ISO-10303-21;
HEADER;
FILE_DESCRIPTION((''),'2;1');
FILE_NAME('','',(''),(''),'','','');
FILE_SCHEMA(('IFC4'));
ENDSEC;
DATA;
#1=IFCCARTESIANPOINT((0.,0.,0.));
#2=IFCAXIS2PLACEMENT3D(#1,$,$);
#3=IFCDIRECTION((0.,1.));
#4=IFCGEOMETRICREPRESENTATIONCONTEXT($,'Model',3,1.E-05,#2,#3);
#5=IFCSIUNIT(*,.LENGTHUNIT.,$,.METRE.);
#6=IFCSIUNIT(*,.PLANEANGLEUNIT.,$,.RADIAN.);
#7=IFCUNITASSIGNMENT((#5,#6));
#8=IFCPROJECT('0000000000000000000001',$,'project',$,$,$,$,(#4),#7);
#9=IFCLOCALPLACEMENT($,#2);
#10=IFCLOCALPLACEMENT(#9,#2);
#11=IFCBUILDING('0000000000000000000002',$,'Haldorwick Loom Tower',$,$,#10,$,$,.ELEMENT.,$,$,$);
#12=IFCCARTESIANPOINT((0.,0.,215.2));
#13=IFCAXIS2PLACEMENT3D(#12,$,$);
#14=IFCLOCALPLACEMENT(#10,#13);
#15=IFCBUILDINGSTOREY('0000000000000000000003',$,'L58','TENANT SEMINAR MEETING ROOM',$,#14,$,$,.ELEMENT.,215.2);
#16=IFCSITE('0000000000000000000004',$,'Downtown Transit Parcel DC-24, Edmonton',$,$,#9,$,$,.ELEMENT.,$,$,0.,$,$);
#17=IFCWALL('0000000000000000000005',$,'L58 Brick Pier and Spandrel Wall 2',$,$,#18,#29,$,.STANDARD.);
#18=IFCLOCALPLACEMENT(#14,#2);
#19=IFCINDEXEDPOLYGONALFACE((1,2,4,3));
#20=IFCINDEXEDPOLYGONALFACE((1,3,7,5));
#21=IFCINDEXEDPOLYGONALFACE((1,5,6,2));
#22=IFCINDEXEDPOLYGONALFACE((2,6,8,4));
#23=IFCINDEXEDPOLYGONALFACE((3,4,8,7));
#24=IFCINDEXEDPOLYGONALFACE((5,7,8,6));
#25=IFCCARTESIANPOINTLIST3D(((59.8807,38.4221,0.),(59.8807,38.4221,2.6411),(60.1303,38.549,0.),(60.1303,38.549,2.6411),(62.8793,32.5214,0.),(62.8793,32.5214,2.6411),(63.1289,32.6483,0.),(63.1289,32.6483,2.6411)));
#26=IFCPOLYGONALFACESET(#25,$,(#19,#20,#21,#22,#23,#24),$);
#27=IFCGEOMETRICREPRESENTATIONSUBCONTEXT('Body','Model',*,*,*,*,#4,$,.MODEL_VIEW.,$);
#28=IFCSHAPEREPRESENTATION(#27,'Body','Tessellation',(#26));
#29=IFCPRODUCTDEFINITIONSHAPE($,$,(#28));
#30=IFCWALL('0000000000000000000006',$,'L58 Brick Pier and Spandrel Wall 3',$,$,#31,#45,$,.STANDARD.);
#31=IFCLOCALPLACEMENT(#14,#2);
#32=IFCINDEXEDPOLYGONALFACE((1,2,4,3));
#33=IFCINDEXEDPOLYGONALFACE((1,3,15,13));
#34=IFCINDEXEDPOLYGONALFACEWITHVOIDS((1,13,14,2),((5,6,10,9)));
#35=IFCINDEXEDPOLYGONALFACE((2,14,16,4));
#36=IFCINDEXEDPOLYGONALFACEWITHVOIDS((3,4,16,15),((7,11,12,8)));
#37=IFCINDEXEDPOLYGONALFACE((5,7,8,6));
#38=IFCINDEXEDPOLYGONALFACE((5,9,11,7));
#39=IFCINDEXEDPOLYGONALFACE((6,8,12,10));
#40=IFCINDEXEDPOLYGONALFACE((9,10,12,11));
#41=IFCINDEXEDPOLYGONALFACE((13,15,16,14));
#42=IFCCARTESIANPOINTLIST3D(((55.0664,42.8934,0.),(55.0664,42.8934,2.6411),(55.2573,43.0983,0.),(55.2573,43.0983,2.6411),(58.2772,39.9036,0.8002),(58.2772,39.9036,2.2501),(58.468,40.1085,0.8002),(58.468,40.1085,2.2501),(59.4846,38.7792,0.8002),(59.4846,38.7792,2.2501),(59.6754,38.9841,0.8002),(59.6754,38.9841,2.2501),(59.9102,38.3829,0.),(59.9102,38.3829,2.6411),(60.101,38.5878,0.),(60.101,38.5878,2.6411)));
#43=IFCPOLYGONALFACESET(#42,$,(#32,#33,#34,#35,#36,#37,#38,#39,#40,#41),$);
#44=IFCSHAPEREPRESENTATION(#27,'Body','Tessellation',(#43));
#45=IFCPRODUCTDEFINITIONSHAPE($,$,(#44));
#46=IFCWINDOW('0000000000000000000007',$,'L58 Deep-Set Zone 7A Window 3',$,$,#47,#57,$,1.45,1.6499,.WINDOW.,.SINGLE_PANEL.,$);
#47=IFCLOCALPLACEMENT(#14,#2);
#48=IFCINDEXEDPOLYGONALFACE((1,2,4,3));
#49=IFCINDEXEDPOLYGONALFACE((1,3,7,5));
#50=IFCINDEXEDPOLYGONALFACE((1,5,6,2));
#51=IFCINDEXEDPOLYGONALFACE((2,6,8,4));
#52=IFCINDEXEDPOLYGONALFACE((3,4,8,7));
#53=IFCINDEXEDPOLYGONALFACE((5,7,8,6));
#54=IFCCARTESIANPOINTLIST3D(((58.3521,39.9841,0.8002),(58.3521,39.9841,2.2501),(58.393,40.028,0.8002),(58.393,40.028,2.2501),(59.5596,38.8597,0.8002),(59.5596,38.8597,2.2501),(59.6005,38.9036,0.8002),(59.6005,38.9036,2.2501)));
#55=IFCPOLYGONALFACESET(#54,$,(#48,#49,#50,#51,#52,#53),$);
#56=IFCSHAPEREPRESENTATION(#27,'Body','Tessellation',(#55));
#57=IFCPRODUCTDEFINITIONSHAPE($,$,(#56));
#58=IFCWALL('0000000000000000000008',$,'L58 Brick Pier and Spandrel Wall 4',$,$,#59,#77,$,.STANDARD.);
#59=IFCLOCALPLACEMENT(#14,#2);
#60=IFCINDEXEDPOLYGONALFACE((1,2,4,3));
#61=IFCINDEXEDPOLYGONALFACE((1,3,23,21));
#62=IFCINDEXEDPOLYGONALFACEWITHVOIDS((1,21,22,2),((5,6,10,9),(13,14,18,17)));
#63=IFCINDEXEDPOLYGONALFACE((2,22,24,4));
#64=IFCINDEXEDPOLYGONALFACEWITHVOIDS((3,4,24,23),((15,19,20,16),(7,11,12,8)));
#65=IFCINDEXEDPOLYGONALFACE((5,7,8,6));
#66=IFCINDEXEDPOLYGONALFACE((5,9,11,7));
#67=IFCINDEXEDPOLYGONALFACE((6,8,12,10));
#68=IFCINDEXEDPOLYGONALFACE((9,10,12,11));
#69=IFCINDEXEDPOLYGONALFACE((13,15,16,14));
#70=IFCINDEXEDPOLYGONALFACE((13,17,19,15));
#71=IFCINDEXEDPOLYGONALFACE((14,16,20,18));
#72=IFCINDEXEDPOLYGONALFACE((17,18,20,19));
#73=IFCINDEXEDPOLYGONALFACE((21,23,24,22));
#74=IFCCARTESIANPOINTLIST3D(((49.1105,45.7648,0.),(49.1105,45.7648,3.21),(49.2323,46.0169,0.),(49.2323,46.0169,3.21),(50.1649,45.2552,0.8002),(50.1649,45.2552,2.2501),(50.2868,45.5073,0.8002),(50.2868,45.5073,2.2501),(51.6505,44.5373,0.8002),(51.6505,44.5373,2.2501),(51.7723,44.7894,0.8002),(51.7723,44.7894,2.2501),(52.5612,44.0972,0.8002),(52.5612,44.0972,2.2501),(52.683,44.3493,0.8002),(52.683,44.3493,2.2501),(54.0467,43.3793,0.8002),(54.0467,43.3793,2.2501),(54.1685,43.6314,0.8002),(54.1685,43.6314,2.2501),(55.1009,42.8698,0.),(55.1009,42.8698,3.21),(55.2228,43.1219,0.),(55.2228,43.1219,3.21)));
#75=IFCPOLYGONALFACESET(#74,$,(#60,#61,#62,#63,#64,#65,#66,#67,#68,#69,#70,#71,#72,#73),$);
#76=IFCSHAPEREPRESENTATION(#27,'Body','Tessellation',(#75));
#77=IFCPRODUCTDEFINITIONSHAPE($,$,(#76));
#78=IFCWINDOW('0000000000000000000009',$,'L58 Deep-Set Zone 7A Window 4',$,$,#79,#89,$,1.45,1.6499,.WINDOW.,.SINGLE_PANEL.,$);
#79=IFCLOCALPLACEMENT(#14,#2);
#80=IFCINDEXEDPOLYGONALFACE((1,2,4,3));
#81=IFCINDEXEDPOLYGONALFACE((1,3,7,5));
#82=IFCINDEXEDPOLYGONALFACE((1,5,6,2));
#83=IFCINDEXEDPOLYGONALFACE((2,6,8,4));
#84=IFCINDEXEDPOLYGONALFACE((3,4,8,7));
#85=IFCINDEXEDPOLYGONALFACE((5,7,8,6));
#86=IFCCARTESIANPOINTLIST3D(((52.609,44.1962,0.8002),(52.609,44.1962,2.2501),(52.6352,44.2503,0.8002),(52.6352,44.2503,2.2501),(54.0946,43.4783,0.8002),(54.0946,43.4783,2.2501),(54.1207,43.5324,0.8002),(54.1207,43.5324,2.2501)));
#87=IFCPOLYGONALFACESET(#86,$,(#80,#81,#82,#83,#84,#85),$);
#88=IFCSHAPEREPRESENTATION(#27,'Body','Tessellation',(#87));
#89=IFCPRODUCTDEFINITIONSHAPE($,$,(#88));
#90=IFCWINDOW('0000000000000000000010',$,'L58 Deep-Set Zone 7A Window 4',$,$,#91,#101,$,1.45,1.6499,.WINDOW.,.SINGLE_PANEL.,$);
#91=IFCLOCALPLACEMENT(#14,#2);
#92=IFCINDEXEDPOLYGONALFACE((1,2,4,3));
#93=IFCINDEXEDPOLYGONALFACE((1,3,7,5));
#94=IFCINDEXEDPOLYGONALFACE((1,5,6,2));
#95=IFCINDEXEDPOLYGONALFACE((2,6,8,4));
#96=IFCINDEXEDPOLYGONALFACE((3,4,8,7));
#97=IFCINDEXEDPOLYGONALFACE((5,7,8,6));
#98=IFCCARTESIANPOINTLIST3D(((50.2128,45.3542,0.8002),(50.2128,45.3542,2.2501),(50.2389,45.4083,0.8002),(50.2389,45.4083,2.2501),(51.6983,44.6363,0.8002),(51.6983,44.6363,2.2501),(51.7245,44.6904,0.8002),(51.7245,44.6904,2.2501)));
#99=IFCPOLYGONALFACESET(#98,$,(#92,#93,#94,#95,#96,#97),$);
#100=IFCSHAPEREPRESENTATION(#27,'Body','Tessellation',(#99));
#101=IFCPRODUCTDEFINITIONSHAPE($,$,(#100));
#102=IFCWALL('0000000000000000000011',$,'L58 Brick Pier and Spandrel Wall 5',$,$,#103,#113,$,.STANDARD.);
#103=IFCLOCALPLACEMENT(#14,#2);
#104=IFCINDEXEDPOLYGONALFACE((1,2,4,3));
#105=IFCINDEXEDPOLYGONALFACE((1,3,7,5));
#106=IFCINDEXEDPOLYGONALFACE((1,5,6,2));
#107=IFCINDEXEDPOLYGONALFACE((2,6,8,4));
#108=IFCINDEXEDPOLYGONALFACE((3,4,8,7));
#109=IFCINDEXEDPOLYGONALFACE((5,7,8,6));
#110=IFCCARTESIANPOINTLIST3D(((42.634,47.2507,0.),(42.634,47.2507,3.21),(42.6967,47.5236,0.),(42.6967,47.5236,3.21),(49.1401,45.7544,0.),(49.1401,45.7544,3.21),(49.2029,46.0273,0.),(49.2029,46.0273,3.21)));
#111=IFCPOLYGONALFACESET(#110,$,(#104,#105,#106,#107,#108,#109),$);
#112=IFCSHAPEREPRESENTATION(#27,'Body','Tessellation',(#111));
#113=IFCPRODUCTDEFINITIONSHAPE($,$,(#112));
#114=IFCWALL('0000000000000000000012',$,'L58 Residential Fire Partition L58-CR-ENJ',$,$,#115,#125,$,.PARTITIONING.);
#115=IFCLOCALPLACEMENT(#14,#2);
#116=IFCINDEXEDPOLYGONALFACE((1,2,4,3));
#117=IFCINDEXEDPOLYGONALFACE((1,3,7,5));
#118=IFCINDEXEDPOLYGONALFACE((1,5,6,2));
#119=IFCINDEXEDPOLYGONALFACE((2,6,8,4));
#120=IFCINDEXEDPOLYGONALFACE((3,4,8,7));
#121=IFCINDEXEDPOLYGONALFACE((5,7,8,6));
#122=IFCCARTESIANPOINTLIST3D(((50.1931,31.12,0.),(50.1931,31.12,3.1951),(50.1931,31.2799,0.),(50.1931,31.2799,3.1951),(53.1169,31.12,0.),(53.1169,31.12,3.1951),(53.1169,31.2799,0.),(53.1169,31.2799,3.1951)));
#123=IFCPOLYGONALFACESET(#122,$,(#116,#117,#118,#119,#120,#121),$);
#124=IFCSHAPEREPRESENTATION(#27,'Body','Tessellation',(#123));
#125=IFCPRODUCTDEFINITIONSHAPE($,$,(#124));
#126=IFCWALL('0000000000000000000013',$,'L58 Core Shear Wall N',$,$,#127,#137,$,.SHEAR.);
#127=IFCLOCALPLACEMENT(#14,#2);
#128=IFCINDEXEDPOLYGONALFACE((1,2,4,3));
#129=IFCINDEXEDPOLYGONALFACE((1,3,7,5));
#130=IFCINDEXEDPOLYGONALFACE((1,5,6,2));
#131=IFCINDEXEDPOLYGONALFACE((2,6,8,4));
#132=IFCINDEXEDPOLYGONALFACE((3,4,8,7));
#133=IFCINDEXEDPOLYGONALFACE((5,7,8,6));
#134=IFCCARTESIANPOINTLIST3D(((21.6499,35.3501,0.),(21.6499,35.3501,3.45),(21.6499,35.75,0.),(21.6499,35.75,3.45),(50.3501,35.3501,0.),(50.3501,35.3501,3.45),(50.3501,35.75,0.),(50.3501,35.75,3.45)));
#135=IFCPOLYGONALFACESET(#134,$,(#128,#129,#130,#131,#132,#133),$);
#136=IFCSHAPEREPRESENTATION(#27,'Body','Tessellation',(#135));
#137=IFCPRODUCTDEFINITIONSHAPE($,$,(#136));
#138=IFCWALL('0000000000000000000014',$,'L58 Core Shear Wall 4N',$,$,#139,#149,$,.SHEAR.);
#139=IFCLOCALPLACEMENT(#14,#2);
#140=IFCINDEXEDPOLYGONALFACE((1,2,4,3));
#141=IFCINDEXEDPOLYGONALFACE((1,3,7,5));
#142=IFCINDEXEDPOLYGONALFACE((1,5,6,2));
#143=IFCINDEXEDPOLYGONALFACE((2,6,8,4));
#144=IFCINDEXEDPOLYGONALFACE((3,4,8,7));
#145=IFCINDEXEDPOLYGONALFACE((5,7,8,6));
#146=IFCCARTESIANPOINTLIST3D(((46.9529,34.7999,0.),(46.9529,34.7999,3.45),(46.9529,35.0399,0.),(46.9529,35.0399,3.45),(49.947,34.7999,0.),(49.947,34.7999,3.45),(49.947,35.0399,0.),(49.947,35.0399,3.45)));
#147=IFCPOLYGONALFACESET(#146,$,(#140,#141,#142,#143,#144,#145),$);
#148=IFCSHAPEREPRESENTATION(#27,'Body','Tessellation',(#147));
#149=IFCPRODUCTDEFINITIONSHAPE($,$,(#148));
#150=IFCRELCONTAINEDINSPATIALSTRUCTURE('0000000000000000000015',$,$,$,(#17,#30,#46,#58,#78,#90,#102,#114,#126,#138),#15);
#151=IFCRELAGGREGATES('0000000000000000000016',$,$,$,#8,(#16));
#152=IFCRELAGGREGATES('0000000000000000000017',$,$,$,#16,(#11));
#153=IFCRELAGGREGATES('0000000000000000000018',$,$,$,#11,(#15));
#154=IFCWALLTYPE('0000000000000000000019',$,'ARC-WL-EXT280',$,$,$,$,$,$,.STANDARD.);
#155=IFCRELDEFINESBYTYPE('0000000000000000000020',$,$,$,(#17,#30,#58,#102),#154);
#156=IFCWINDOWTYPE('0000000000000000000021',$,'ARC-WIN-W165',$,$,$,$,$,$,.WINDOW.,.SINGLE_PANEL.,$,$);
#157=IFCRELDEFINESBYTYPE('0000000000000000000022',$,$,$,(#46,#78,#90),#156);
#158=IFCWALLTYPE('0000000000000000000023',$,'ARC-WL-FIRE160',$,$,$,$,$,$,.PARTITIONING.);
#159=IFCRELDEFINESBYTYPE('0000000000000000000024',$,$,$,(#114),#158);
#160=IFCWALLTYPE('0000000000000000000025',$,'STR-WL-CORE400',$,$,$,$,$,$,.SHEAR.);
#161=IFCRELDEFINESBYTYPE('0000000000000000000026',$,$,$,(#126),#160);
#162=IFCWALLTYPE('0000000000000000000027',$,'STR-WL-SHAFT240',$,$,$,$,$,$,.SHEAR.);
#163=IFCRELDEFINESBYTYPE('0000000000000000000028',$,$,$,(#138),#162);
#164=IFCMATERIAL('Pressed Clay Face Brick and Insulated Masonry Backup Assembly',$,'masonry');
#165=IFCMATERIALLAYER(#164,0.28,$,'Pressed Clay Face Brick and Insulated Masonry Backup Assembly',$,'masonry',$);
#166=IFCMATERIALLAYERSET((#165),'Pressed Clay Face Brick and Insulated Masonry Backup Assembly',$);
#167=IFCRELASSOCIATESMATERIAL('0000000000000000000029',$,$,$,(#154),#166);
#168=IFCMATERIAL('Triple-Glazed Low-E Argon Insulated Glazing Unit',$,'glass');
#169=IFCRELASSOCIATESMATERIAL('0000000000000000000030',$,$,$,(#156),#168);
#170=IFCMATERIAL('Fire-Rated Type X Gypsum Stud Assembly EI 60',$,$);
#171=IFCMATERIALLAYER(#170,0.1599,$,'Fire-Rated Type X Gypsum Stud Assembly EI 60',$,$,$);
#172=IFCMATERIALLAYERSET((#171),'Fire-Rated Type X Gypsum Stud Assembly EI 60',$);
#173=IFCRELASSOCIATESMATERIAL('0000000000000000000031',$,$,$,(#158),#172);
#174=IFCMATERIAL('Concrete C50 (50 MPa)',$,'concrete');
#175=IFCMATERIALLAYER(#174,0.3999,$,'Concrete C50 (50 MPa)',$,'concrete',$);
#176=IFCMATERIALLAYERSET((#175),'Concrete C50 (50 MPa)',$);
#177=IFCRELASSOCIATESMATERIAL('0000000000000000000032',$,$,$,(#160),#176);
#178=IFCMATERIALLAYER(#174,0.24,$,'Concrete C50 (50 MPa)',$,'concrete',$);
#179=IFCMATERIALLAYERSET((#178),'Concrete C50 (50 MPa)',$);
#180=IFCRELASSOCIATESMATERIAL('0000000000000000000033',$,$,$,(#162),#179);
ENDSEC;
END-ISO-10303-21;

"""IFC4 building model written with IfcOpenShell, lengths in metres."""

from ifc_helpers import new_model, si_unit, direction, frame, frame_2d, origin, place, context, subcontext, project, spatial, rectangle, extrude, material, layer, layer_set, type_object, element, fill, save


model = new_model("IFC4")

# Units and contexts
model_context = context("Model", 3, precision=1e-05, world=origin(), true_north=direction((0.0, 1.0)))
body_context = subcontext(model_context, "Body", "Model", "MODEL_VIEW")
ifc_project = project(units=[si_unit("LENGTHUNIT", "METRE"), si_unit("PLANEANGLEUNIT", "RADIAN")], contexts=[model_context])

# Site, building, storey
site_placement = place(None, origin())
site = spatial("IfcSite", under=ifc_project, at=site_placement, Name="Downtown Transit Parcel DC-24, Edmonton", CompositionType="ELEMENT", RefElevation=0.0)
building_placement = place(site_placement, origin())
building = spatial("IfcBuilding", under=site, at=building_placement, Name="Haldorwick Loom Tower", CompositionType="ELEMENT")
storey_placement = place(building_placement, frame((0.0, 0.0, 215.2)))
storey = spatial("IfcBuildingStorey", under=building, at=storey_placement, Name="L58", Description="TENANT SEMINAR MEETING ROOM", CompositionType="ELEMENT", Elevation=215.2)

# Wall
ifc_material_1 = material(Name="Pressed Clay Face Brick and Insulated Masonry Backup Assembly", Category="masonry")
ifc_layer_1 = layer(ifc_material_1, 0.28, Name="Pressed Clay Face Brick and Insulated Masonry Backup Assembly", Category="masonry")
ifc_layer_set_1 = layer_set([ifc_layer_1], Name="Pressed Clay Face Brick and Insulated Masonry Backup Assembly")
wall_type_1 = type_object("IfcWallType", Name="ARC-WL-EXT280", PredefinedType="STANDARD", material=ifc_layer_set_1)
wall_1_placement = place(storey_placement, frame((63.0042, 32.5847, 0.0), z_axis=(0.0, 0.0, 1.0), x_axis=(-0.453032, 0.891494, 0.0)))
element("IfcWall", 1, at=wall_1_placement, inside=storey, type_object=wall_type_1, Name="L58 Brick Pier and Spandrel Wall 2", PredefinedType="STANDARD", context=body_context, shape_type="SweptSolid", body=[
    extrude(rectangle(XDim=6.6189, YDim=0.28, at=frame_2d((3.3096, 0.0))), origin(), (0.0, 0.0, 1.0), 2.6411),
])

# Wall, opening, window
wall_2_placement = place(storey_placement, frame((60.0056, 38.4854, 0.0), z_axis=(0.0, 0.0, 1.0), x_axis=(-0.731834, 0.681483, 0.0)))
wall_2 = element("IfcWall", 2, at=wall_2_placement, inside=storey, type_object=wall_type_1, Name="L58 Brick Pier and Spandrel Wall 3", PredefinedType="STANDARD", context=body_context, shape_type="SweptSolid", body=[
    extrude(rectangle(XDim=6.6187, YDim=0.28, at=frame_2d((3.3093, 0.0))), origin(), (0.0, 0.0, 1.0), 2.6411),
])
opening_1_placement = place(wall_2_placement, frame((0.5815, 0.0, 0.8)))
opening_1 = element("IfcOpeningElement", 3, at=opening_1_placement, cuts=wall_2, PredefinedType="OPENING", context=body_context, shape_type="SweptSolid", body=[
    extrude(rectangle(XDim=1.6499, YDim=1.45, at=frame_2d((0.825, 0.7251))), frame((0.0, 0.1499, 0.0), z_axis=(0.0, -1.0, 0.0), x_axis=(1.0, 0.0, 0.0)), (0.0, 0.0, 1.0), 0.3),
])
ifc_material_2 = material(Name="Triple-Glazed Low-E Argon Insulated Glazing Unit", Category="glass")
window_type = type_object("IfcWindowType", Name="ARC-WIN-W165", PartitioningType="SINGLE_PANEL", PredefinedType="WINDOW", material=ifc_material_2)
window_1_placement = place(opening_1_placement, origin())
window_1 = element("IfcWindow", 4, at=window_1_placement, inside=storey, type_object=window_type, Name="L58 Deep-Set Zone 7A Window 3", OverallHeight=1.45, OverallWidth=1.6499, PartitioningType="SINGLE_PANEL", PredefinedType="WINDOW", context=body_context, shape_type="SweptSolid", body=[
    extrude(rectangle(XDim=1.6499, YDim=1.45, at=frame_2d((0.825, 0.7251))), frame((0.0, 0.03, 0.0), z_axis=(0.0, -1.0, 0.0), x_axis=(1.0, 0.0, 0.0)), (0.0, 0.0, 1.0), 0.0601),
])
fill(opening_1, window_1)

# Wall, openings, windows
wall_3_placement = place(storey_placement, frame((55.1619, 42.9958, 0.0), z_axis=(0.0, 0.0, 1.0), x_axis=(-0.900371, 0.435123, 0.0)))
wall_3 = element("IfcWall", 5, at=wall_3_placement, inside=storey, type_object=wall_type_1, Name="L58 Brick Pier and Spandrel Wall 4", PredefinedType="STANDARD", context=body_context, shape_type="SweptSolid", body=[
    extrude(rectangle(XDim=6.6533, YDim=0.28, at=frame_2d((3.3267, 0.0))), origin(), (0.0, 0.0, 1.0), 3.21),
])
opening_2_placement = place(wall_3_placement, frame((1.1709, 0.0, 0.8)))
opening_2 = element("IfcOpeningElement", 6, at=opening_2_placement, cuts=wall_3, PredefinedType="OPENING", context=body_context, shape_type="SweptSolid", body=[
    extrude(rectangle(XDim=1.6499, YDim=1.45, at=frame_2d((0.825, 0.7251))), frame((0.0, 0.1499, 0.0), z_axis=(0.0, -1.0, 0.0), x_axis=(1.0, 0.0, 0.0)), (0.0, 0.0, 1.0), 0.3),
])
opening_3_placement = place(wall_3_placement, frame((3.8323, 0.0, 0.8)))
opening_3 = element("IfcOpeningElement", 7, at=opening_3_placement, cuts=wall_3, PredefinedType="OPENING", context=body_context, shape_type="SweptSolid", body=[
    extrude(rectangle(XDim=1.6499, YDim=1.45, at=frame_2d((0.825, 0.7251))), frame((0.0, 0.1499, 0.0), z_axis=(0.0, -1.0, 0.0), x_axis=(1.0, 0.0, 0.0)), (0.0, 0.0, 1.0), 0.3),
])
window_2_placement = place(opening_2_placement, origin())
window_2 = element("IfcWindow", 8, at=window_2_placement, inside=storey, type_object=window_type, Name="L58 Deep-Set Zone 7A Window 4", OverallHeight=1.45, OverallWidth=1.6499, PartitioningType="SINGLE_PANEL", PredefinedType="WINDOW", context=body_context, shape_type="SweptSolid", body=[
    extrude(rectangle(XDim=1.6499, YDim=1.45, at=frame_2d((0.825, 0.7251))), frame((0.0, 0.03, 0.0), z_axis=(0.0, -1.0, 0.0), x_axis=(1.0, 0.0, 0.0)), (0.0, 0.0, 1.0), 0.0601),
])
fill(opening_2, window_2)
window_3_placement = place(opening_3_placement, origin())
window_3 = element("IfcWindow", 9, at=window_3_placement, inside=storey, type_object=window_type, Name="L58 Deep-Set Zone 7A Window 4", OverallHeight=1.45, OverallWidth=1.6499, PartitioningType="SINGLE_PANEL", PredefinedType="WINDOW", context=body_context, shape_type="SweptSolid", body=[
    extrude(rectangle(XDim=1.6499, YDim=1.45, at=frame_2d((0.825, 0.7251))), frame((0.0, 0.03, 0.0), z_axis=(0.0, -1.0, 0.0), x_axis=(1.0, 0.0, 0.0)), (0.0, 0.0, 1.0), 0.0601),
])
fill(opening_3, window_3)

# Walls
wall_4_placement = place(storey_placement, frame((49.1714, 45.8909, 0.0), z_axis=(0.0, 0.0, 1.0), x_axis=(-0.974557, 0.224138, 0.0)))
element("IfcWall", 10, at=wall_4_placement, inside=storey, type_object=wall_type_1, Name="L58 Brick Pier and Spandrel Wall 5", PredefinedType="STANDARD", context=body_context, shape_type="SweptSolid", body=[
    extrude(rectangle(XDim=6.676, YDim=0.28, at=frame_2d((3.3379, 0.0))), origin(), (0.0, 0.0, 1.0), 3.21),
])
ifc_material_3 = material(Name="Fire-Rated Type X Gypsum Stud Assembly EI 60")
ifc_layer_2 = layer(ifc_material_3, 0.1599, Name="Fire-Rated Type X Gypsum Stud Assembly EI 60")
ifc_layer_set_2 = layer_set([ifc_layer_2], Name="Fire-Rated Type X Gypsum Stud Assembly EI 60")
wall_type_2 = type_object("IfcWallType", Name="ARC-WL-FIRE160", PredefinedType="PARTITIONING", material=ifc_layer_set_2)
wall_5_placement = place(storey_placement, frame((50.1931, 31.2, 0.0), z_axis=(0.0, 0.0, 1.0), x_axis=(1.0, 0.0, 0.0)))
element("IfcWall", 11, at=wall_5_placement, inside=storey, type_object=wall_type_2, Name="L58 Residential Fire Partition L58-CR-ENJ", PredefinedType="PARTITIONING", context=body_context, shape_type="SweptSolid", body=[
    extrude(rectangle(XDim=2.9238, YDim=0.1599, at=frame_2d((1.4619, 0.0))), origin(), (0.0, 0.0, 1.0), 3.1951),
])
ifc_material_4 = material(Name="Concrete C50 (50 MPa)", Category="concrete")
ifc_layer_3 = layer(ifc_material_4, 0.3999, Name="Concrete C50 (50 MPa)", Category="concrete")
ifc_layer_set_3 = layer_set([ifc_layer_3], Name="Concrete C50 (50 MPa)")
wall_type_3 = type_object("IfcWallType", Name="STR-WL-CORE400", PredefinedType="SHEAR", material=ifc_layer_set_3)
wall_6_placement = place(storey_placement, frame((50.3501, 35.55, 0.0), z_axis=(0.0, 0.0, 1.0), x_axis=(-1.0, 0.0, 0.0)))
element("IfcWall", 12, at=wall_6_placement, inside=storey, type_object=wall_type_3, Name="L58 Core Shear Wall N", PredefinedType="SHEAR", context=body_context, shape_type="SweptSolid", body=[
    extrude(rectangle(XDim=28.7002, YDim=0.3999, at=frame_2d((14.3501, 0.0))), origin(), (0.0, 0.0, 1.0), 3.45),
])
ifc_layer_4 = layer(ifc_material_4, 0.24, Name="Concrete C50 (50 MPa)", Category="concrete")
ifc_layer_set_4 = layer_set([ifc_layer_4], Name="Concrete C50 (50 MPa)")
wall_type_4 = type_object("IfcWallType", Name="STR-WL-SHAFT240", PredefinedType="SHEAR", material=ifc_layer_set_4)
wall_7_placement = place(storey_placement, frame((46.9529, 34.9199, 0.0), z_axis=(0.0, 0.0, 1.0), x_axis=(1.0, 0.0, 0.0)))
element("IfcWall", 13, at=wall_7_placement, inside=storey, type_object=wall_type_4, Name="L58 Core Shear Wall 4N", PredefinedType="SHEAR", context=body_context, shape_type="SweptSolid", body=[
    extrude(rectangle(XDim=2.9941, YDim=0.24, at=frame_2d((1.4971, 0.0))), origin(), (0.0, 0.0, 1.0), 3.45),
])

save(model, "model.ifc")
